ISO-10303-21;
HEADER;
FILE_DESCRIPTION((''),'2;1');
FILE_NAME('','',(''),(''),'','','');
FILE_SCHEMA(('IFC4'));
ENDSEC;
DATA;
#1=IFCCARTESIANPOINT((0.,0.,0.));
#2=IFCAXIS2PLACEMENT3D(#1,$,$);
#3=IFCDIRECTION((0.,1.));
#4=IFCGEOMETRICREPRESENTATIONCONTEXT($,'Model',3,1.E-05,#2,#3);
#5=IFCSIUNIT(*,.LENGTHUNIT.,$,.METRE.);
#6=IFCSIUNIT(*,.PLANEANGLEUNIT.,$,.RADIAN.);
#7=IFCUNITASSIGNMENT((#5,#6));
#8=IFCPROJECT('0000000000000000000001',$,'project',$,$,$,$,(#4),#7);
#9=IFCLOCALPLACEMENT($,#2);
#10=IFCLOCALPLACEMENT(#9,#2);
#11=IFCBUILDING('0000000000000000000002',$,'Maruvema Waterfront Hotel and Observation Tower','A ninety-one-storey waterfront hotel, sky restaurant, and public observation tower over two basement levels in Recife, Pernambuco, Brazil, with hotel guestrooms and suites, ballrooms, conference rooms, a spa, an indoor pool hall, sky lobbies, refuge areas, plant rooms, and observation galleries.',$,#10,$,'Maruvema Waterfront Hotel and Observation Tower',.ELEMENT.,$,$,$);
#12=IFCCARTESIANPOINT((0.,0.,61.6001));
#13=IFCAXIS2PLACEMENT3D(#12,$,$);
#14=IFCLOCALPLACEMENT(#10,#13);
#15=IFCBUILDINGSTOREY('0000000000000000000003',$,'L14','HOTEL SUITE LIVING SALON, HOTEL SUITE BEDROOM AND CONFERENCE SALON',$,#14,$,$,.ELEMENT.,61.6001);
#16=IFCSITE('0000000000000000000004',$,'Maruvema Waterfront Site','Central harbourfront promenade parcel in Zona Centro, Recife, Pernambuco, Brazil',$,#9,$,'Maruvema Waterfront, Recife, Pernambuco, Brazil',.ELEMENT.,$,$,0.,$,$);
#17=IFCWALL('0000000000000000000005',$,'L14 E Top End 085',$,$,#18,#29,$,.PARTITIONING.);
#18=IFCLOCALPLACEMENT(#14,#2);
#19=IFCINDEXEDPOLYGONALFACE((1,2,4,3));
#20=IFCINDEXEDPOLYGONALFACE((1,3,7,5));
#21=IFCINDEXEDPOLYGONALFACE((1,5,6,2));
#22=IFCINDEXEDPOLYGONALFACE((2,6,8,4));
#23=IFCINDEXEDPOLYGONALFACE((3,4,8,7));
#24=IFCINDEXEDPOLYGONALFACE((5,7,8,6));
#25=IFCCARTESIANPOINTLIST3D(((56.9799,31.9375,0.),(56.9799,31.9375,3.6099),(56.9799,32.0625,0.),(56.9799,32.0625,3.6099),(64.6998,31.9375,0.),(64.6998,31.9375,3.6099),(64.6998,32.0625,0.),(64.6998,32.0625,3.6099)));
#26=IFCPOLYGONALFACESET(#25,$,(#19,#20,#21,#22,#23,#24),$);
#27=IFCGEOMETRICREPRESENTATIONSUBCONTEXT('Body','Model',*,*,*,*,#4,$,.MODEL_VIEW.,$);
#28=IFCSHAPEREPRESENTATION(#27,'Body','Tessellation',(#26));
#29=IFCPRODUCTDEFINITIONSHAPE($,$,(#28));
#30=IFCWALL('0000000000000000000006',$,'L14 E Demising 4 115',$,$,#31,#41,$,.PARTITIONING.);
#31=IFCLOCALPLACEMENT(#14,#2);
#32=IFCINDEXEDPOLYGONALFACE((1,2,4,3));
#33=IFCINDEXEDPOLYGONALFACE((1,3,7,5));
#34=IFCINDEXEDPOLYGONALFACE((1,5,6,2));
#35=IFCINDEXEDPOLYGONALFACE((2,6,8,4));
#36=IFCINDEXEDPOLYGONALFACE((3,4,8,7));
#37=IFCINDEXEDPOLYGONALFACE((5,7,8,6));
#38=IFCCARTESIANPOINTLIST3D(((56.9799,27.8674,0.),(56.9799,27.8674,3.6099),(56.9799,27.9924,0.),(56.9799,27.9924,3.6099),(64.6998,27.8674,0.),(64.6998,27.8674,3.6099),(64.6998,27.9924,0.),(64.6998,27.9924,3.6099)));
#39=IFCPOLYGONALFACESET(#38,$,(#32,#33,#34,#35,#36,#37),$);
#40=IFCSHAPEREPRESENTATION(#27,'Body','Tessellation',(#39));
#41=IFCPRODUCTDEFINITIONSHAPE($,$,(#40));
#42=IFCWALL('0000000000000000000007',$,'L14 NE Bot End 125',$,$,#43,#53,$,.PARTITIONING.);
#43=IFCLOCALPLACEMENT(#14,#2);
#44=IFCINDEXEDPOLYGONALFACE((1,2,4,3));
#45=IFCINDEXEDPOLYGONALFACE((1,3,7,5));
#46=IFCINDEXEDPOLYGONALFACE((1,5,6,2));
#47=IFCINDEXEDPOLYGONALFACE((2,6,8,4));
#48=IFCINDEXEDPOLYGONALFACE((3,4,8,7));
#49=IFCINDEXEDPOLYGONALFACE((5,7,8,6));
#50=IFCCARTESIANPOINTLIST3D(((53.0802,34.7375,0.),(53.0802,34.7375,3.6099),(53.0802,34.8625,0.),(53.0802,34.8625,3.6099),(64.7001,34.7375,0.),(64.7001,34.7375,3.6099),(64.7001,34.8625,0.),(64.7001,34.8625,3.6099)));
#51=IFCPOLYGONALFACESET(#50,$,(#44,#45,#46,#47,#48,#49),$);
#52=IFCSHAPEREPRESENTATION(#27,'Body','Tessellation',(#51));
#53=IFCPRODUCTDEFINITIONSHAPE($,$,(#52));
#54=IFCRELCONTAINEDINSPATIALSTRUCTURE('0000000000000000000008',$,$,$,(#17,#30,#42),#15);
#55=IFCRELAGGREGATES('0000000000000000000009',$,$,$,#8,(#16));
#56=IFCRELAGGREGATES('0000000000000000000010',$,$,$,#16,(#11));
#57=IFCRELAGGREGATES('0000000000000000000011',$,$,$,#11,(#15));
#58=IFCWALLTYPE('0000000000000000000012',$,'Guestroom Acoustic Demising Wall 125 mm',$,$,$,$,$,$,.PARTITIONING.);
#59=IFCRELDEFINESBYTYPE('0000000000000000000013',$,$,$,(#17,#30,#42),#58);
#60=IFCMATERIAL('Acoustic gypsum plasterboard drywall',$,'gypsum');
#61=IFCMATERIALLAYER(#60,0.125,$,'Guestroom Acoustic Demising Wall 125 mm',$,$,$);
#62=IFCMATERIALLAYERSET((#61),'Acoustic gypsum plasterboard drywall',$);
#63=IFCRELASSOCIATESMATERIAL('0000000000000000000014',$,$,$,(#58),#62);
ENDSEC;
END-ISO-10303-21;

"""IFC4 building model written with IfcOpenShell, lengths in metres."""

from ifc_helpers import new_model, si_unit, direction, frame, frame_2d, origin, place, context, subcontext, project, spatial, rectangle, extrude, material, layer, layer_set, type_object, element, save


model = new_model("IFC4")

# Units and contexts
model_context = context("Model", 3, precision=1e-05, world=origin(), true_north=direction((0.0, 1.0)))
body_context = subcontext(model_context, "Body", "Model", "MODEL_VIEW")
ifc_project = project(units=[si_unit("LENGTHUNIT", "METRE"), si_unit("PLANEANGLEUNIT", "RADIAN")], contexts=[model_context])

# Site, building, storey
site_placement = place(None, origin())
site = spatial("IfcSite", under=ifc_project, at=site_placement, Name="Maruvema Waterfront Site", Description="Central harbourfront promenade parcel in Zona Centro, Recife, Pernambuco, Brazil", LongName="Maruvema Waterfront, Recife, Pernambuco, Brazil", CompositionType="ELEMENT", RefElevation=0.0)
building_placement = place(site_placement, origin())
building = spatial("IfcBuilding", under=site, at=building_placement, Name="Maruvema Waterfront Hotel and Observation Tower", Description="A ninety-one-storey waterfront hotel, sky restaurant, and public observation tower over two basement levels in Recife, Pernambuco, Brazil, with hotel guestrooms and suites, ballrooms, conference rooms, a spa, an indoor pool hall, sky lobbies, refuge areas, plant rooms, and observation galleries.", LongName="Maruvema Waterfront Hotel and Observation Tower", CompositionType="ELEMENT")
storey_placement = place(building_placement, frame((0.0, 0.0, 61.6001)))
storey = spatial("IfcBuildingStorey", under=building, at=storey_placement, Name="L14", Description="HOTEL SUITE LIVING SALON, HOTEL SUITE BEDROOM AND CONFERENCE SALON", CompositionType="ELEMENT", Elevation=61.6001)

# Walls
ifc_material_1 = material(Name="Acoustic gypsum plasterboard drywall", Category="gypsum")
ifc_layer_1 = layer(ifc_material_1, 0.125, Name="Guestroom Acoustic Demising Wall 125 mm")
ifc_layer_set_1 = layer_set([ifc_layer_1], Name="Acoustic gypsum plasterboard drywall")
wall_type_1 = type_object("IfcWallType", Name="Guestroom Acoustic Demising Wall 125 mm", PredefinedType="PARTITIONING", material=ifc_layer_set_1)
for number, where, z_axis, x_axis, name in (
    (1, (56.98, 32.0, 0.0), (0.0, 0.0, 1.0), (1.0, 0.0, 0.0), "L14 E Top End 085"),
    (2, (56.98, 27.9299, 0.0), (0.0, 0.0, 1.0), (1.0, 0.0, 0.0), "L14 E Demising 4 115"),
):
    element("IfcWall", number, at=place(storey_placement, frame(where, z_axis=z_axis, x_axis=x_axis)), inside=storey, type_object=wall_type_1, Name=name, PredefinedType="PARTITIONING", context=body_context, shape_type="SweptSolid", body=[
        extrude(rectangle(XDim=7.72, YDim=0.125, at=frame_2d((3.8599, 0.0))), origin(), (0.0, 0.0, 1.0), 3.6099),
    ])
wall_1_placement = place(storey_placement, frame((53.0801, 34.8, 0.0), z_axis=(0.0, 0.0, 1.0), x_axis=(1.0, 0.0, 0.0)))
element("IfcWall", 3, at=wall_1_placement, inside=storey, type_object=wall_type_1, Name="L14 NE Bot End 125", PredefinedType="PARTITIONING", context=body_context, shape_type="SweptSolid", body=[
    extrude(rectangle(XDim=11.6199, YDim=0.125, at=frame_2d((5.8101, 0.0))), origin(), (0.0, 0.0, 1.0), 3.6099),
])

save(model, "model.ifc")
